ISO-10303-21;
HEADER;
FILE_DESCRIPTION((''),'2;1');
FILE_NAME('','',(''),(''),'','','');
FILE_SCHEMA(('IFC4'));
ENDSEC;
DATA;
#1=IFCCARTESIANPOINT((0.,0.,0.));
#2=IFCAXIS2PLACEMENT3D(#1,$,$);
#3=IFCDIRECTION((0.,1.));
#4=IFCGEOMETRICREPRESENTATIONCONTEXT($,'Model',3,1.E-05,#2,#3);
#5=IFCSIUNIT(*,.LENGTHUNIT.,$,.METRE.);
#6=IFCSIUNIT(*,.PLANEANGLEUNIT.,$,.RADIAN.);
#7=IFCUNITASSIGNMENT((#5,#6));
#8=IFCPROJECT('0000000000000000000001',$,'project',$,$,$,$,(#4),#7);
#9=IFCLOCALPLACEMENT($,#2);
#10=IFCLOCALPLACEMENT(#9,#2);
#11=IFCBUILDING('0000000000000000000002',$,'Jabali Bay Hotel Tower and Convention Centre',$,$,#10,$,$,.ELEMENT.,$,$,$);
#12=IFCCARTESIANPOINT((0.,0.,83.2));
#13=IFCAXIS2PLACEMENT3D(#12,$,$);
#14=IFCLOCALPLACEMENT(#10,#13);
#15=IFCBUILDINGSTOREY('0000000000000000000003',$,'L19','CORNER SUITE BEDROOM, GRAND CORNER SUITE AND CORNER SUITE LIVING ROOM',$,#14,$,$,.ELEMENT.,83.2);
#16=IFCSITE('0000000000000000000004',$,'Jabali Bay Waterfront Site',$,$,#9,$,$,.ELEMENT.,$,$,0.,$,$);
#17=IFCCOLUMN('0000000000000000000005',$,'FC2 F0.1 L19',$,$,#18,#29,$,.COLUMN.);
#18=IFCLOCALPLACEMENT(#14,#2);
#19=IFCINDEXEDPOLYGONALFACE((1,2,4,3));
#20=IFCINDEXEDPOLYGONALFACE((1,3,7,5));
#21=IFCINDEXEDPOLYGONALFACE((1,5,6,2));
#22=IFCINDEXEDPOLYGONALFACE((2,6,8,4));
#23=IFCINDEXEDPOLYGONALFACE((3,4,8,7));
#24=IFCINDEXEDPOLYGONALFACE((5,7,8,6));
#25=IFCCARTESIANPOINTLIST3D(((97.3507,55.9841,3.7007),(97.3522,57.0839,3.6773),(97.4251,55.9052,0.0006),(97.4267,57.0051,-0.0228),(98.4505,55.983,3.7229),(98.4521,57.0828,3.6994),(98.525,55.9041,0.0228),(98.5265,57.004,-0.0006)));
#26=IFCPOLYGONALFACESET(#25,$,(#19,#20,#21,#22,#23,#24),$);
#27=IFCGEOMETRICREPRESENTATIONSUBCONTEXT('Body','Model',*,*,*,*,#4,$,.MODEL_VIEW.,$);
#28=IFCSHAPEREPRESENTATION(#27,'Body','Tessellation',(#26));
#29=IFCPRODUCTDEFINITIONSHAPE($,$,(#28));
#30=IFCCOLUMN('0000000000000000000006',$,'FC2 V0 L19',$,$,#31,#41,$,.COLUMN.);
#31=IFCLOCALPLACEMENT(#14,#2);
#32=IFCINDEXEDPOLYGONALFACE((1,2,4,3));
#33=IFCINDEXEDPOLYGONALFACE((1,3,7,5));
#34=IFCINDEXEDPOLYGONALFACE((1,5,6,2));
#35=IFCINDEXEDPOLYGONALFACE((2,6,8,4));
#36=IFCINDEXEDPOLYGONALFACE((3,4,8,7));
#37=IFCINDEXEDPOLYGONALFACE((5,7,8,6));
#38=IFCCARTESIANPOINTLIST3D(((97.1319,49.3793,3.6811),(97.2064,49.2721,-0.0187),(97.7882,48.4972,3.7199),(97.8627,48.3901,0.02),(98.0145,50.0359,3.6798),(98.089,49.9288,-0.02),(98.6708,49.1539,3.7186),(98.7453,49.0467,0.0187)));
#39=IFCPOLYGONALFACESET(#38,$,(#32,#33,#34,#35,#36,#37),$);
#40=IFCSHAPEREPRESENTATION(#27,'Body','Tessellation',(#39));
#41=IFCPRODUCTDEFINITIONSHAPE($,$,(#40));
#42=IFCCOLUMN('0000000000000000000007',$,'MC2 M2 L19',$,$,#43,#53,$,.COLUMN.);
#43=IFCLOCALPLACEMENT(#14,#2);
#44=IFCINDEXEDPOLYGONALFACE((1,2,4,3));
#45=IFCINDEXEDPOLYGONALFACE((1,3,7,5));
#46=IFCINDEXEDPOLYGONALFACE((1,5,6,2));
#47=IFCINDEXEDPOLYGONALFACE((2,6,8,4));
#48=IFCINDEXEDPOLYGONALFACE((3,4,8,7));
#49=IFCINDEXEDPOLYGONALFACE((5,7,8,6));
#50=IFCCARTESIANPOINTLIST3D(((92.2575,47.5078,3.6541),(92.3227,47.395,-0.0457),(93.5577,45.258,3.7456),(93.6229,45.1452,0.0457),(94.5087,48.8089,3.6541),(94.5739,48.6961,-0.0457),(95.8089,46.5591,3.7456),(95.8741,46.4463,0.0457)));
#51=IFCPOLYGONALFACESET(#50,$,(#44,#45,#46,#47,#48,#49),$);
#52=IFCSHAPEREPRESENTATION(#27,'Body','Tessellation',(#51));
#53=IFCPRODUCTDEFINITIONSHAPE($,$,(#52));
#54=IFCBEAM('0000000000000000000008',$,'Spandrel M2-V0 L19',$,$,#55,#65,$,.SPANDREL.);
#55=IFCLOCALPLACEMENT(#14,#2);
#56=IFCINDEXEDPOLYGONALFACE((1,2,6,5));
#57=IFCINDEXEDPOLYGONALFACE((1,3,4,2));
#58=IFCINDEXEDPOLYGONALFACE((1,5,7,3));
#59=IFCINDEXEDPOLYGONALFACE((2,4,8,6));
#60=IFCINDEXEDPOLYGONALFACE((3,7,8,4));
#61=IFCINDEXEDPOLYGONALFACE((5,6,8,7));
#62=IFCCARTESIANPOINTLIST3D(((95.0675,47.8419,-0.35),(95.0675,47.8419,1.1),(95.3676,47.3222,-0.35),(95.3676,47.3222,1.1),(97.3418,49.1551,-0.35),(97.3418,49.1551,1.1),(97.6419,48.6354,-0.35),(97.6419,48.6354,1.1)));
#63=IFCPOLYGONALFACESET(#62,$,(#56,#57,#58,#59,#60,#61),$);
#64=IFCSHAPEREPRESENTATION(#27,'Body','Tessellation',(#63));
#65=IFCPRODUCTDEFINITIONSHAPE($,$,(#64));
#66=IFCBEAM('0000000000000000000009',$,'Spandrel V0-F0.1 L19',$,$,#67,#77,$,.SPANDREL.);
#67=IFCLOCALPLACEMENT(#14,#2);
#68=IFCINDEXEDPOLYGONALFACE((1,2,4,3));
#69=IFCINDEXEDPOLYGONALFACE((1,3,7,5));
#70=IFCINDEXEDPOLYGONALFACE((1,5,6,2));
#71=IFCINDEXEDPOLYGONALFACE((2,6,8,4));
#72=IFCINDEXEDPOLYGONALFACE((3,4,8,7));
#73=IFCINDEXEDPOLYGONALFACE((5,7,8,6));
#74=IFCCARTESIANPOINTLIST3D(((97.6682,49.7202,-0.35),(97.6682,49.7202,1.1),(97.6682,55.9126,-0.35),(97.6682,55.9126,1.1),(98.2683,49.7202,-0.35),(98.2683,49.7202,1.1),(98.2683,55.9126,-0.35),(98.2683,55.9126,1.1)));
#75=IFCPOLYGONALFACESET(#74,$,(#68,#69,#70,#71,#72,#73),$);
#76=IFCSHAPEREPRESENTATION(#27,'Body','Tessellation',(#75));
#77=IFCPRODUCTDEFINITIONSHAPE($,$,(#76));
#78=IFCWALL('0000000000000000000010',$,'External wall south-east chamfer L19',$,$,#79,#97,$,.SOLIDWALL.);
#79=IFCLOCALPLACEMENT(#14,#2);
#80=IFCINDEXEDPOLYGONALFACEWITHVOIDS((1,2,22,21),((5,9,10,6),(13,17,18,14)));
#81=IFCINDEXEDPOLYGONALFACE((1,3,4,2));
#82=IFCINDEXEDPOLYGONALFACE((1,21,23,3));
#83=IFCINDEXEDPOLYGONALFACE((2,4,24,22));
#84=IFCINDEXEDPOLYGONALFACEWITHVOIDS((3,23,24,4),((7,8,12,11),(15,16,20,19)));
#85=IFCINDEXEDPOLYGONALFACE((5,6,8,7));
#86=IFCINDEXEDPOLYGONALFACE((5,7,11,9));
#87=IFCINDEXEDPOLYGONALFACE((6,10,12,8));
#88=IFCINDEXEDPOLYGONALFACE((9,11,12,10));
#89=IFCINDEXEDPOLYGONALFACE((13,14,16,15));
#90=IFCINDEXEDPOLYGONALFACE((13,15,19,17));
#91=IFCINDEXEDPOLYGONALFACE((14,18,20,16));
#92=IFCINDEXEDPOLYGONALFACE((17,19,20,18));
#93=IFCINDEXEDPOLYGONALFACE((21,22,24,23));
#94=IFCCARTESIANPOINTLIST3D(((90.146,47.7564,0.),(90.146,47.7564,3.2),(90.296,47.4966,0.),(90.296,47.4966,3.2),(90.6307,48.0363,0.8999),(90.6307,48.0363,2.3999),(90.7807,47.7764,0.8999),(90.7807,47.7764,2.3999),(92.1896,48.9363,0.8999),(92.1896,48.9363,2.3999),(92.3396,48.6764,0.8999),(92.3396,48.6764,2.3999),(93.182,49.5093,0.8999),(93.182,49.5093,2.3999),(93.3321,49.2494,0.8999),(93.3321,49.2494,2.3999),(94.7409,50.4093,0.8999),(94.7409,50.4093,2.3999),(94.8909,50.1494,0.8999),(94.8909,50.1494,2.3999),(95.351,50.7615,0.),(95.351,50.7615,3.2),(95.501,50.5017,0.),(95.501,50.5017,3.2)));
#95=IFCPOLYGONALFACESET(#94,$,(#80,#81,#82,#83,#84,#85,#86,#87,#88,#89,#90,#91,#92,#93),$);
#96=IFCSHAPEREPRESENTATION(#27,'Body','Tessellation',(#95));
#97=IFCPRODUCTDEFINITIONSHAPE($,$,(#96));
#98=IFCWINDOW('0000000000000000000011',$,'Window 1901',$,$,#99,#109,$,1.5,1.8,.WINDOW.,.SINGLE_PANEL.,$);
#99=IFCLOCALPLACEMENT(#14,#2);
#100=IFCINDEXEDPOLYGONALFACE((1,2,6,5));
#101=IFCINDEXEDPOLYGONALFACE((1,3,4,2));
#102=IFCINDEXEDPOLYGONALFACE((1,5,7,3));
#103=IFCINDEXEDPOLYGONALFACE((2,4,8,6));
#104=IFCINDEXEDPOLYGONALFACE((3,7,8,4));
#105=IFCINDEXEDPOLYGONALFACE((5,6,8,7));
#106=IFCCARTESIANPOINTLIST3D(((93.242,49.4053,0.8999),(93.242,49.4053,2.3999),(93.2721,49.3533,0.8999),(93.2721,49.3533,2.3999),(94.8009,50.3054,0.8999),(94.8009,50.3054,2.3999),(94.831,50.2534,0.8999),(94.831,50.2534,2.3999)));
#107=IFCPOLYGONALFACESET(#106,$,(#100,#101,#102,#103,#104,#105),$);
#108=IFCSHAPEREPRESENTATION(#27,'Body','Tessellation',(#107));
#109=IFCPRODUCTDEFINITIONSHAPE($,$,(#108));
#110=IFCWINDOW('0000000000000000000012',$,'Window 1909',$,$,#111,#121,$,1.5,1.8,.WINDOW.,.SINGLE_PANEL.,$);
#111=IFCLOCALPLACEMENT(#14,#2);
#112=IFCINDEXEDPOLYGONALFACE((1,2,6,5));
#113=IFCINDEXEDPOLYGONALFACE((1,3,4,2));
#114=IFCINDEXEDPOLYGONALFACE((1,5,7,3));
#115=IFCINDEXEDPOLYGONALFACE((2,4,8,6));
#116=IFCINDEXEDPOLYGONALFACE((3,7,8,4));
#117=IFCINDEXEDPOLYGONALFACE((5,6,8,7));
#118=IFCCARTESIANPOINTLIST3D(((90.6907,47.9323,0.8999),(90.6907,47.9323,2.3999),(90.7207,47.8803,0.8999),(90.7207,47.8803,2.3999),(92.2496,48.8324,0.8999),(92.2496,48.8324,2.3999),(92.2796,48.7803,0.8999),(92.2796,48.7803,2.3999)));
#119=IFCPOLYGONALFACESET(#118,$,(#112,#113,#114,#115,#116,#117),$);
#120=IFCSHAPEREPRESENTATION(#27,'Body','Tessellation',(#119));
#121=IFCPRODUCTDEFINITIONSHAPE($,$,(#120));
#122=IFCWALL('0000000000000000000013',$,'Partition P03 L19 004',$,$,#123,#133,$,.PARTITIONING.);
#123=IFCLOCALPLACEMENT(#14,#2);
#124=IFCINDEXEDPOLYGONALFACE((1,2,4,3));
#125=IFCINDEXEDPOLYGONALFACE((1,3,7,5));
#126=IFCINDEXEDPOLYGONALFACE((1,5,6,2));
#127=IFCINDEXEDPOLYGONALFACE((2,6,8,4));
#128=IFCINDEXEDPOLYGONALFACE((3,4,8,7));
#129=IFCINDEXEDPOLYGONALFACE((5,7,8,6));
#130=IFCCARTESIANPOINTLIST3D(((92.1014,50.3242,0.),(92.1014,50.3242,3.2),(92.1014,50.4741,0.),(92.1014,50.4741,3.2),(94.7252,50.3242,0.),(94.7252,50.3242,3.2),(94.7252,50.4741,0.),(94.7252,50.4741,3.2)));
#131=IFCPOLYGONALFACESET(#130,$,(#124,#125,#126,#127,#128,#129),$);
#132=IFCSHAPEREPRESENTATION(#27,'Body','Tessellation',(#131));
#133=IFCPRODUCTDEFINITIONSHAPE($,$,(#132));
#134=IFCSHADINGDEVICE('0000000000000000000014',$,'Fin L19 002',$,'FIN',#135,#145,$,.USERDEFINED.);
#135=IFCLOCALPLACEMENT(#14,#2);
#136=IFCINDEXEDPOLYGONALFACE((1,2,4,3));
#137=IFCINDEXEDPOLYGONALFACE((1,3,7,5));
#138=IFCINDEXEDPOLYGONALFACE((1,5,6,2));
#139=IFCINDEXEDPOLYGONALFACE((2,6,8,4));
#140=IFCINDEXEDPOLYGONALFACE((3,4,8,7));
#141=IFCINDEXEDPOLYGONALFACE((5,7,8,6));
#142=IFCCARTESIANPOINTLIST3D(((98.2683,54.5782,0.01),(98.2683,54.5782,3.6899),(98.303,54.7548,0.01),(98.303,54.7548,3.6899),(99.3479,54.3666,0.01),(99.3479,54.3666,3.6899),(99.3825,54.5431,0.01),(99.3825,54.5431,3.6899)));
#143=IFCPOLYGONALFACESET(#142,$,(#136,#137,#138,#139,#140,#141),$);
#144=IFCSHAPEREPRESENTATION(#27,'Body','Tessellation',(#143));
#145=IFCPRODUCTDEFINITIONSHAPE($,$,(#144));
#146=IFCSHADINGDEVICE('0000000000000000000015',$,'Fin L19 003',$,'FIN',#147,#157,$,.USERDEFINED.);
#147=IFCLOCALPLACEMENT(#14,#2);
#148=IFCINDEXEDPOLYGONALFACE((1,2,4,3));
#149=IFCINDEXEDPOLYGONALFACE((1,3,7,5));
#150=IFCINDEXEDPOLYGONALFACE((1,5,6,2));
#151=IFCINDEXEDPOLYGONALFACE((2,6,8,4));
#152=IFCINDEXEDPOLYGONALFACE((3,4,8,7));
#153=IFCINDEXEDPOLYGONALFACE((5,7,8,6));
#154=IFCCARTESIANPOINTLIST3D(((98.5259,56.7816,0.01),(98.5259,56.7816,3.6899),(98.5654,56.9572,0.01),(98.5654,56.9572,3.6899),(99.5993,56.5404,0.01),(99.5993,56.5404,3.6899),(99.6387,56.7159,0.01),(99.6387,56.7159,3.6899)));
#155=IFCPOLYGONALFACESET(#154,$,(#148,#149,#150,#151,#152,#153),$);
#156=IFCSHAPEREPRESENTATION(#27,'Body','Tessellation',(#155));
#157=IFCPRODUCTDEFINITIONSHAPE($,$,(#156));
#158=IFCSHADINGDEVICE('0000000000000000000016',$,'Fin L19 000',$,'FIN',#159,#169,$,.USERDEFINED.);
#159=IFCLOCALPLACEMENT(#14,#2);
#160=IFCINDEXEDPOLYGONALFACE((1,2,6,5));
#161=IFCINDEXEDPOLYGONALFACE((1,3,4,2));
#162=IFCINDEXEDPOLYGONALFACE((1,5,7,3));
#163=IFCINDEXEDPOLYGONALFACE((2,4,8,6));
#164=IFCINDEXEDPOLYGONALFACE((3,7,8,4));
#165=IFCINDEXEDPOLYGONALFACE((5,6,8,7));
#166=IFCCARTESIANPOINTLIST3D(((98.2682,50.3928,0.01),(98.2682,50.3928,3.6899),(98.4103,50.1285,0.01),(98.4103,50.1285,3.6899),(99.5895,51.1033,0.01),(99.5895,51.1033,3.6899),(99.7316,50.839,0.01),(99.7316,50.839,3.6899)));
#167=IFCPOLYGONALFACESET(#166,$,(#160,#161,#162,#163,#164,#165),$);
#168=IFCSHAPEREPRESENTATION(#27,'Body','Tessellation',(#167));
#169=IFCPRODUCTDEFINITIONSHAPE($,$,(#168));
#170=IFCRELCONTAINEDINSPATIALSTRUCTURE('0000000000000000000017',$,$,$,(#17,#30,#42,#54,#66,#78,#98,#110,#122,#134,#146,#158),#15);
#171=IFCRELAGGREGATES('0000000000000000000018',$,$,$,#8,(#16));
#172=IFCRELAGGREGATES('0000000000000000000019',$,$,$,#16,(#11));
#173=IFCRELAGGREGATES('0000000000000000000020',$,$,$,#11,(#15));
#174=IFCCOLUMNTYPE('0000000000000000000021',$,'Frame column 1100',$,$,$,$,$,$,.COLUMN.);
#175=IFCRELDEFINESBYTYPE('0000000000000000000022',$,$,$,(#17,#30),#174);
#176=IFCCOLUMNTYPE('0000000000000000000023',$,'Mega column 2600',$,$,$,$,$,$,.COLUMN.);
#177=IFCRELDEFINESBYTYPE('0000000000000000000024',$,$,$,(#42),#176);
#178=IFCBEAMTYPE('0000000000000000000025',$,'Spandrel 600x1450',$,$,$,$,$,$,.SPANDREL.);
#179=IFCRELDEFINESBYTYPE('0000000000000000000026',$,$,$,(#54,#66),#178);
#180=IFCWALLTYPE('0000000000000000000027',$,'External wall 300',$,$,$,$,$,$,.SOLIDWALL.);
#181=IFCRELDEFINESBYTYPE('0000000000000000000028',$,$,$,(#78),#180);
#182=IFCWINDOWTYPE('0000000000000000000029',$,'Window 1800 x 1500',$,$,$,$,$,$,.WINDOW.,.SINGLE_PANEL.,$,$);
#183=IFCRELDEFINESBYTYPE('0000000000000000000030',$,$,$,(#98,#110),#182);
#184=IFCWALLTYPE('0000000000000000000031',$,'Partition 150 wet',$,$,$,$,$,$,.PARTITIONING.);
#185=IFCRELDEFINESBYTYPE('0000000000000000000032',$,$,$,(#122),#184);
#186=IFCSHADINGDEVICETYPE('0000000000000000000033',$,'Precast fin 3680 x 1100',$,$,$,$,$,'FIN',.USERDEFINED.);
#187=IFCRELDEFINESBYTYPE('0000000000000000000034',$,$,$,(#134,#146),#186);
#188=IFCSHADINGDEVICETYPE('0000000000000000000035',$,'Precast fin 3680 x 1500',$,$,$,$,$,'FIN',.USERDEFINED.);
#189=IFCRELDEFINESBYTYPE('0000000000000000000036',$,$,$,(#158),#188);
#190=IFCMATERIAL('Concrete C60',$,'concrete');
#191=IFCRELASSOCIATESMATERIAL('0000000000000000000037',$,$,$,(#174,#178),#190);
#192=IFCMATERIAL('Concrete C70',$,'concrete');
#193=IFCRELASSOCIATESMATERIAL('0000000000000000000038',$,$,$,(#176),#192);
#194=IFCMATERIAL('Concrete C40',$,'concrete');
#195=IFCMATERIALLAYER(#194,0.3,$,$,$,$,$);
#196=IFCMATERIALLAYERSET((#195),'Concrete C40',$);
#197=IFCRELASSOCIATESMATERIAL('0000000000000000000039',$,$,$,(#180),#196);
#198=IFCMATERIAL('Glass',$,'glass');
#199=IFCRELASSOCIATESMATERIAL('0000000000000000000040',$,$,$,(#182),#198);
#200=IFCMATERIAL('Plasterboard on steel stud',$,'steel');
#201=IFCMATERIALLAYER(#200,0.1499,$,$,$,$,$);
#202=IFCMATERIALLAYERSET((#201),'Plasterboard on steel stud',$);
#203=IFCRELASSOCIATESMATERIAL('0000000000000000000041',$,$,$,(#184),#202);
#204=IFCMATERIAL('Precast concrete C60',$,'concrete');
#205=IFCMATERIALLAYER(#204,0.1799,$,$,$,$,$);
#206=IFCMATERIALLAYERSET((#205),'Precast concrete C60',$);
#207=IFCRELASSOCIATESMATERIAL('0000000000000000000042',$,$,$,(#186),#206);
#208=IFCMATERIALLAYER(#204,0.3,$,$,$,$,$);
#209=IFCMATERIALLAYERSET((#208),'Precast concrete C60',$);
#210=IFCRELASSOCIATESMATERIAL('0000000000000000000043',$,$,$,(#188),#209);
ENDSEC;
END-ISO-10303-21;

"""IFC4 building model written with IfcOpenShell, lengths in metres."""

from ifc_helpers import new_model, si_unit, direction, frame, frame_2d, origin, origin_2d, place, context, subcontext, project, spatial, rectangle, extrude, material, layer, layer_set, material_profile, profile_set, type_object, element, fill, save


model = new_model("IFC4")

# Units and contexts
model_context = context("Model", 3, precision=1e-05, world=origin(), true_north=direction((0.0, 1.0)))
body_context = subcontext(model_context, "Body", "Model", "MODEL_VIEW")
ifc_project = project(units=[si_unit("LENGTHUNIT", "METRE"), si_unit("PLANEANGLEUNIT", "RADIAN")], contexts=[model_context])

# Site, building, storey
site_placement = place(None, origin())
site = spatial("IfcSite", under=ifc_project, at=site_placement, Name="Jabali Bay Waterfront Site", CompositionType="ELEMENT", RefElevation=0.0)
building_placement = place(site_placement, origin())
building = spatial("IfcBuilding", under=site, at=building_placement, Name="Jabali Bay Hotel Tower and Convention Centre", CompositionType="ELEMENT")
storey_placement = place(building_placement, frame((0.0, 0.0, 83.2)))
storey = spatial("IfcBuildingStorey", under=building, at=storey_placement, Name="L19", Description="CORNER SUITE BEDROOM, GRAND CORNER SUITE AND CORNER SUITE LIVING ROOM", CompositionType="ELEMENT", Elevation=83.2)

# Columns
ifc_material_1 = material(Name="Concrete C60", Category="concrete")
ifc_material_profile_1 = material_profile(ifc_material_1, rectangle(XDim=1.1001, YDim=1.1001, at=origin_2d()), Name="Frame column 1100")
ifc_profile_set_1 = profile_set([ifc_material_profile_1], Name="Concrete C60")
column_type_1 = type_object("IfcColumnType", Name="Frame column 1100", PredefinedType="COLUMN", material=ifc_profile_set_1)
column_1_placement = place(storey_placement, frame((97.9758, 56.4546, 0.0), z_axis=(-0.020117, 0.021304, 0.999571), x_axis=(-0.001405, -0.999773, 0.02128)))
element("IfcColumn", 1, at=column_1_placement, inside=storey, type_object=column_type_1, Name="FC2 F0.1 L19", PredefinedType="COLUMN", context=body_context, shape_type="SweptSolid", body=[
    extrude(rectangle(XDim=1.1001, YDim=1.1001, at=origin_2d()), origin(), (0.0, 0.0, 1.0), 3.7017),
])
column_2_placement = place(storey_placement, frame((97.9758, 49.1594, 0.0), z_axis=(-0.020113, 0.028949, 0.999379), x_axis=(-0.80231, -0.596906, 0.001144)))
element("IfcColumn", 2, at=column_2_placement, inside=storey, type_object=column_type_1, Name="FC2 V0 L19", PredefinedType="COLUMN", context=body_context, shape_type="SweptSolid", body=[
    extrude(rectangle(XDim=1.1001, YDim=1.1001, at=origin_2d()), origin(), (0.0, 0.0, 1.0), 3.7021),
])
ifc_material_2 = material(Name="Concrete C70", Category="concrete")
ifc_material_profile_2 = material_profile(ifc_material_2, rectangle(XDim=2.6001, YDim=2.6001, at=origin_2d()), Name="Mega column 2600")
ifc_profile_set_2 = profile_set([ifc_material_profile_2], Name="Concrete C70")
column_type_2 = type_object("IfcColumnType", Name="Mega column 2600", PredefinedType="COLUMN", material=ifc_profile_set_2)
column_3_placement = place(storey_placement, frame((94.0984, 46.9207, 0.0), z_axis=(-0.017607, 0.030466, 0.999381), x_axis=(-0.865809, -0.500375, 0.0)))
element("IfcColumn", 3, at=column_3_placement, inside=storey, type_object=column_type_2, Name="MC2 M2 L19", PredefinedType="COLUMN", context=body_context, shape_type="SweptSolid", body=[
    extrude(rectangle(XDim=2.6001, YDim=2.6001, at=origin_2d()), origin(), (0.0, 0.0, 1.0), 3.7021),
])

# Beams
ifc_material_profile_3 = material_profile(ifc_material_1, rectangle(XDim=0.6001, YDim=1.45, at=origin_2d()), Name="Spandrel 600x1450")
ifc_profile_set_3 = profile_set([ifc_material_profile_3], Name="Concrete C60")
beam_type = type_object("IfcBeamType", Name="Spandrel 600x1450", PredefinedType="SPANDREL", material=ifc_profile_set_3)
beam_1_placement = place(storey_placement, frame((95.2175, 47.582, 0.375), z_axis=(0.866009, 0.500028, 0.0), x_axis=(-0.500028, 0.866009, 0.0)))
element("IfcBeam", 4, at=beam_1_placement, inside=storey, type_object=beam_type, Name="Spandrel M2-V0 L19", PredefinedType="SPANDREL", context=body_context, shape_type="SweptSolid", body=[
    extrude(rectangle(XDim=0.6001, YDim=1.45, at=origin_2d()), origin(), (0.0, 0.0, 1.0), 2.6262),
])
beam_2_placement = place(storey_placement, frame((97.9683, 49.7202, 0.375), z_axis=(0.0, 1.0, 0.0), x_axis=(-1.0, 0.0, 0.0)))
element("IfcBeam", 5, at=beam_2_placement, inside=storey, type_object=beam_type, Name="Spandrel V0-F0.1 L19", PredefinedType="SPANDREL", context=body_context, shape_type="SweptSolid", body=[
    extrude(rectangle(XDim=0.6001, YDim=1.45, at=origin_2d()), origin(), (0.0, 0.0, 1.0), 6.1924),
])

# Wall, openings, windows
ifc_material_3 = material(Name="Concrete C40", Category="concrete")
ifc_layer_1 = layer(ifc_material_3, 0.3)
ifc_layer_set_1 = layer_set([ifc_layer_1], Name="Concrete C40")
wall_type_1 = type_object("IfcWallType", Name="External wall 300", PredefinedType="SOLIDWALL", material=ifc_layer_set_1)
wall_1_placement = place(storey_placement, frame((95.426, 50.6316, 0.0), z_axis=(0.0, 0.0, 1.0), x_axis=(-0.866027, -0.499997, 0.0)))
wall_1 = element("IfcWall", 6, at=wall_1_placement, inside=storey, type_object=wall_type_1, Name="External wall south-east chamfer L19", PredefinedType="SOLIDWALL", context=body_context, shape_type="SweptSolid", body=[
    extrude(rectangle(XDim=6.0103, YDim=0.3, at=frame_2d((3.0051, 0.0))), origin(), (0.0, 0.0, 1.0), 3.2),
])
opening_1_placement = place(wall_1_placement, frame((0.7046, 0.0, 0.8999)))
opening_1 = element("IfcOpeningElement", 7, at=opening_1_placement, cuts=wall_1, PredefinedType="OPENING", context=body_context, shape_type="SweptSolid", body=[
    extrude(rectangle(XDim=1.8, YDim=1.5, at=frame_2d((0.8999, 0.75))), frame((0.0, 0.1606, 0.0), z_axis=(0.0, -1.0, 0.0), x_axis=(1.0, 0.0, 0.0)), (0.0, 0.0, 1.0), 0.321),
])
opening_2_placement = place(wall_1_placement, frame((3.6506, 0.0, 0.8999)))
opening_2 = element("IfcOpeningElement", 8, at=opening_2_placement, cuts=wall_1, PredefinedType="OPENING", context=body_context, shape_type="SweptSolid", body=[
    extrude(rectangle(XDim=1.8, YDim=1.5, at=frame_2d((0.8999, 0.75))), frame((0.0, 0.1606, 0.0), z_axis=(0.0, -1.0, 0.0), x_axis=(1.0, 0.0, 0.0)), (0.0, 0.0, 1.0), 0.321),
])
ifc_material_4 = material(Name="Glass", Category="glass")
window_type = type_object("IfcWindowType", Name="Window 1800 x 1500", PartitioningType="SINGLE_PANEL", PredefinedType="WINDOW", material=ifc_material_4)
window_1_placement = place(opening_1_placement, origin())
window_1 = element("IfcWindow", 9, at=window_1_placement, inside=storey, type_object=window_type, Name="Window 1901", OverallHeight=1.5, OverallWidth=1.8, PartitioningType="SINGLE_PANEL", PredefinedType="WINDOW", context=body_context, shape_type="SweptSolid", body=[
    extrude(rectangle(XDim=1.8, YDim=1.5, at=frame_2d((0.8999, 0.75))), frame((0.0, 0.03, 0.0), z_axis=(0.0, -1.0, 0.0), x_axis=(1.0, 0.0, 0.0)), (0.0, 0.0, 1.0), 0.0601),
])
fill(opening_1, window_1)
window_2_placement = place(opening_2_placement, origin())
window_2 = element("IfcWindow", 10, at=window_2_placement, inside=storey, type_object=window_type, Name="Window 1909", OverallHeight=1.5, OverallWidth=1.8, PartitioningType="SINGLE_PANEL", PredefinedType="WINDOW", context=body_context, shape_type="SweptSolid", body=[
    extrude(rectangle(XDim=1.8, YDim=1.5, at=frame_2d((0.8999, 0.75))), frame((0.0, 0.03, 0.0), z_axis=(0.0, -1.0, 0.0), x_axis=(1.0, 0.0, 0.0)), (0.0, 0.0, 1.0), 0.0601),
])
fill(opening_2, window_2)

# Wall
ifc_material_5 = material(Name="Plasterboard on steel stud", Category="steel")
ifc_layer_2 = layer(ifc_material_5, 0.1499)
ifc_layer_set_2 = layer_set([ifc_layer_2], Name="Plasterboard on steel stud")
wall_type_2 = type_object("IfcWallType", Name="Partition 150 wet", PredefinedType="PARTITIONING", material=ifc_layer_set_2)
wall_2_placement = place(storey_placement, frame((94.7253, 50.3992, 0.0), z_axis=(0.0, 0.0, 1.0), x_axis=(-1.0, 0.0, 0.0)))
element("IfcWall", 11, at=wall_2_placement, inside=storey, type_object=wall_type_2, Name="Partition P03 L19 004", PredefinedType="PARTITIONING", context=body_context, shape_type="SweptSolid", body=[
    extrude(rectangle(XDim=2.6238, YDim=0.1499, at=frame_2d((1.312, 0.0))), origin(), (0.0, 0.0, 1.0), 3.2),
])

# Shading devices
ifc_material_6 = material(Name="Precast concrete C60", Category="concrete")
ifc_layer_3 = layer(ifc_material_6, 0.1799)
ifc_layer_set_3 = layer_set([ifc_layer_3], Name="Precast concrete C60")
shading_device_type_1 = type_object("IfcShadingDeviceType", Name="Precast fin 3680 x 1100", ElementType="FIN", PredefinedType="USERDEFINED", material=ifc_layer_set_3)
for number, where, z_axis, x_axis, name in (
    (12, (98.2856, 54.6665, 0.01), (0.0, 0.0, 1.0), (0.981316, -0.192402, 0.0), "Fin L19 002"),
    (13, (98.5457, 56.8694, 0.01), (0.0, 0.0, 1.0), (0.975662, -0.21928, 0.0), "Fin L19 003"),
):
    element("IfcShadingDevice", number, at=place(storey_placement, frame(where, z_axis=z_axis, x_axis=x_axis)), inside=storey, type_object=shading_device_type_1, Name=name, ObjectType="FIN", PredefinedType="USERDEFINED", context=body_context, shape_type="SweptSolid", body=[
        extrude(rectangle(XDim=1.1001, YDim=0.1799, at=frame_2d((0.55, 0.0))), origin(), (0.0, 0.0, 1.0), 3.6799),
    ])
ifc_layer_4 = layer(ifc_material_6, 0.3)
ifc_layer_set_4 = layer_set([ifc_layer_4], Name="Precast concrete C60")
shading_device_type_2 = type_object("IfcShadingDeviceType", Name="Precast fin 3680 x 1500", ElementType="FIN", PredefinedType="USERDEFINED", material=ifc_layer_set_4)
for number, where, z_axis, x_axis, name in (
    (14, (98.3394, 50.2607, 0.01), (0.0, 0.0, 1.0), (0.880753, 0.473576, 0.0), "Fin L19 000"),
):
    element("IfcShadingDevice", number, at=place(storey_placement, frame(where, z_axis=z_axis, x_axis=x_axis)), inside=storey, type_object=shading_device_type_2, Name=name, ObjectType="FIN", PredefinedType="USERDEFINED", context=body_context, shape_type="SweptSolid", body=[
        extrude(rectangle(XDim=1.5002, YDim=0.3, at=frame_2d((0.75, 0.0))), origin(), (0.0, 0.0, 1.0), 3.6799),
    ])

save(model, "model.ifc")
